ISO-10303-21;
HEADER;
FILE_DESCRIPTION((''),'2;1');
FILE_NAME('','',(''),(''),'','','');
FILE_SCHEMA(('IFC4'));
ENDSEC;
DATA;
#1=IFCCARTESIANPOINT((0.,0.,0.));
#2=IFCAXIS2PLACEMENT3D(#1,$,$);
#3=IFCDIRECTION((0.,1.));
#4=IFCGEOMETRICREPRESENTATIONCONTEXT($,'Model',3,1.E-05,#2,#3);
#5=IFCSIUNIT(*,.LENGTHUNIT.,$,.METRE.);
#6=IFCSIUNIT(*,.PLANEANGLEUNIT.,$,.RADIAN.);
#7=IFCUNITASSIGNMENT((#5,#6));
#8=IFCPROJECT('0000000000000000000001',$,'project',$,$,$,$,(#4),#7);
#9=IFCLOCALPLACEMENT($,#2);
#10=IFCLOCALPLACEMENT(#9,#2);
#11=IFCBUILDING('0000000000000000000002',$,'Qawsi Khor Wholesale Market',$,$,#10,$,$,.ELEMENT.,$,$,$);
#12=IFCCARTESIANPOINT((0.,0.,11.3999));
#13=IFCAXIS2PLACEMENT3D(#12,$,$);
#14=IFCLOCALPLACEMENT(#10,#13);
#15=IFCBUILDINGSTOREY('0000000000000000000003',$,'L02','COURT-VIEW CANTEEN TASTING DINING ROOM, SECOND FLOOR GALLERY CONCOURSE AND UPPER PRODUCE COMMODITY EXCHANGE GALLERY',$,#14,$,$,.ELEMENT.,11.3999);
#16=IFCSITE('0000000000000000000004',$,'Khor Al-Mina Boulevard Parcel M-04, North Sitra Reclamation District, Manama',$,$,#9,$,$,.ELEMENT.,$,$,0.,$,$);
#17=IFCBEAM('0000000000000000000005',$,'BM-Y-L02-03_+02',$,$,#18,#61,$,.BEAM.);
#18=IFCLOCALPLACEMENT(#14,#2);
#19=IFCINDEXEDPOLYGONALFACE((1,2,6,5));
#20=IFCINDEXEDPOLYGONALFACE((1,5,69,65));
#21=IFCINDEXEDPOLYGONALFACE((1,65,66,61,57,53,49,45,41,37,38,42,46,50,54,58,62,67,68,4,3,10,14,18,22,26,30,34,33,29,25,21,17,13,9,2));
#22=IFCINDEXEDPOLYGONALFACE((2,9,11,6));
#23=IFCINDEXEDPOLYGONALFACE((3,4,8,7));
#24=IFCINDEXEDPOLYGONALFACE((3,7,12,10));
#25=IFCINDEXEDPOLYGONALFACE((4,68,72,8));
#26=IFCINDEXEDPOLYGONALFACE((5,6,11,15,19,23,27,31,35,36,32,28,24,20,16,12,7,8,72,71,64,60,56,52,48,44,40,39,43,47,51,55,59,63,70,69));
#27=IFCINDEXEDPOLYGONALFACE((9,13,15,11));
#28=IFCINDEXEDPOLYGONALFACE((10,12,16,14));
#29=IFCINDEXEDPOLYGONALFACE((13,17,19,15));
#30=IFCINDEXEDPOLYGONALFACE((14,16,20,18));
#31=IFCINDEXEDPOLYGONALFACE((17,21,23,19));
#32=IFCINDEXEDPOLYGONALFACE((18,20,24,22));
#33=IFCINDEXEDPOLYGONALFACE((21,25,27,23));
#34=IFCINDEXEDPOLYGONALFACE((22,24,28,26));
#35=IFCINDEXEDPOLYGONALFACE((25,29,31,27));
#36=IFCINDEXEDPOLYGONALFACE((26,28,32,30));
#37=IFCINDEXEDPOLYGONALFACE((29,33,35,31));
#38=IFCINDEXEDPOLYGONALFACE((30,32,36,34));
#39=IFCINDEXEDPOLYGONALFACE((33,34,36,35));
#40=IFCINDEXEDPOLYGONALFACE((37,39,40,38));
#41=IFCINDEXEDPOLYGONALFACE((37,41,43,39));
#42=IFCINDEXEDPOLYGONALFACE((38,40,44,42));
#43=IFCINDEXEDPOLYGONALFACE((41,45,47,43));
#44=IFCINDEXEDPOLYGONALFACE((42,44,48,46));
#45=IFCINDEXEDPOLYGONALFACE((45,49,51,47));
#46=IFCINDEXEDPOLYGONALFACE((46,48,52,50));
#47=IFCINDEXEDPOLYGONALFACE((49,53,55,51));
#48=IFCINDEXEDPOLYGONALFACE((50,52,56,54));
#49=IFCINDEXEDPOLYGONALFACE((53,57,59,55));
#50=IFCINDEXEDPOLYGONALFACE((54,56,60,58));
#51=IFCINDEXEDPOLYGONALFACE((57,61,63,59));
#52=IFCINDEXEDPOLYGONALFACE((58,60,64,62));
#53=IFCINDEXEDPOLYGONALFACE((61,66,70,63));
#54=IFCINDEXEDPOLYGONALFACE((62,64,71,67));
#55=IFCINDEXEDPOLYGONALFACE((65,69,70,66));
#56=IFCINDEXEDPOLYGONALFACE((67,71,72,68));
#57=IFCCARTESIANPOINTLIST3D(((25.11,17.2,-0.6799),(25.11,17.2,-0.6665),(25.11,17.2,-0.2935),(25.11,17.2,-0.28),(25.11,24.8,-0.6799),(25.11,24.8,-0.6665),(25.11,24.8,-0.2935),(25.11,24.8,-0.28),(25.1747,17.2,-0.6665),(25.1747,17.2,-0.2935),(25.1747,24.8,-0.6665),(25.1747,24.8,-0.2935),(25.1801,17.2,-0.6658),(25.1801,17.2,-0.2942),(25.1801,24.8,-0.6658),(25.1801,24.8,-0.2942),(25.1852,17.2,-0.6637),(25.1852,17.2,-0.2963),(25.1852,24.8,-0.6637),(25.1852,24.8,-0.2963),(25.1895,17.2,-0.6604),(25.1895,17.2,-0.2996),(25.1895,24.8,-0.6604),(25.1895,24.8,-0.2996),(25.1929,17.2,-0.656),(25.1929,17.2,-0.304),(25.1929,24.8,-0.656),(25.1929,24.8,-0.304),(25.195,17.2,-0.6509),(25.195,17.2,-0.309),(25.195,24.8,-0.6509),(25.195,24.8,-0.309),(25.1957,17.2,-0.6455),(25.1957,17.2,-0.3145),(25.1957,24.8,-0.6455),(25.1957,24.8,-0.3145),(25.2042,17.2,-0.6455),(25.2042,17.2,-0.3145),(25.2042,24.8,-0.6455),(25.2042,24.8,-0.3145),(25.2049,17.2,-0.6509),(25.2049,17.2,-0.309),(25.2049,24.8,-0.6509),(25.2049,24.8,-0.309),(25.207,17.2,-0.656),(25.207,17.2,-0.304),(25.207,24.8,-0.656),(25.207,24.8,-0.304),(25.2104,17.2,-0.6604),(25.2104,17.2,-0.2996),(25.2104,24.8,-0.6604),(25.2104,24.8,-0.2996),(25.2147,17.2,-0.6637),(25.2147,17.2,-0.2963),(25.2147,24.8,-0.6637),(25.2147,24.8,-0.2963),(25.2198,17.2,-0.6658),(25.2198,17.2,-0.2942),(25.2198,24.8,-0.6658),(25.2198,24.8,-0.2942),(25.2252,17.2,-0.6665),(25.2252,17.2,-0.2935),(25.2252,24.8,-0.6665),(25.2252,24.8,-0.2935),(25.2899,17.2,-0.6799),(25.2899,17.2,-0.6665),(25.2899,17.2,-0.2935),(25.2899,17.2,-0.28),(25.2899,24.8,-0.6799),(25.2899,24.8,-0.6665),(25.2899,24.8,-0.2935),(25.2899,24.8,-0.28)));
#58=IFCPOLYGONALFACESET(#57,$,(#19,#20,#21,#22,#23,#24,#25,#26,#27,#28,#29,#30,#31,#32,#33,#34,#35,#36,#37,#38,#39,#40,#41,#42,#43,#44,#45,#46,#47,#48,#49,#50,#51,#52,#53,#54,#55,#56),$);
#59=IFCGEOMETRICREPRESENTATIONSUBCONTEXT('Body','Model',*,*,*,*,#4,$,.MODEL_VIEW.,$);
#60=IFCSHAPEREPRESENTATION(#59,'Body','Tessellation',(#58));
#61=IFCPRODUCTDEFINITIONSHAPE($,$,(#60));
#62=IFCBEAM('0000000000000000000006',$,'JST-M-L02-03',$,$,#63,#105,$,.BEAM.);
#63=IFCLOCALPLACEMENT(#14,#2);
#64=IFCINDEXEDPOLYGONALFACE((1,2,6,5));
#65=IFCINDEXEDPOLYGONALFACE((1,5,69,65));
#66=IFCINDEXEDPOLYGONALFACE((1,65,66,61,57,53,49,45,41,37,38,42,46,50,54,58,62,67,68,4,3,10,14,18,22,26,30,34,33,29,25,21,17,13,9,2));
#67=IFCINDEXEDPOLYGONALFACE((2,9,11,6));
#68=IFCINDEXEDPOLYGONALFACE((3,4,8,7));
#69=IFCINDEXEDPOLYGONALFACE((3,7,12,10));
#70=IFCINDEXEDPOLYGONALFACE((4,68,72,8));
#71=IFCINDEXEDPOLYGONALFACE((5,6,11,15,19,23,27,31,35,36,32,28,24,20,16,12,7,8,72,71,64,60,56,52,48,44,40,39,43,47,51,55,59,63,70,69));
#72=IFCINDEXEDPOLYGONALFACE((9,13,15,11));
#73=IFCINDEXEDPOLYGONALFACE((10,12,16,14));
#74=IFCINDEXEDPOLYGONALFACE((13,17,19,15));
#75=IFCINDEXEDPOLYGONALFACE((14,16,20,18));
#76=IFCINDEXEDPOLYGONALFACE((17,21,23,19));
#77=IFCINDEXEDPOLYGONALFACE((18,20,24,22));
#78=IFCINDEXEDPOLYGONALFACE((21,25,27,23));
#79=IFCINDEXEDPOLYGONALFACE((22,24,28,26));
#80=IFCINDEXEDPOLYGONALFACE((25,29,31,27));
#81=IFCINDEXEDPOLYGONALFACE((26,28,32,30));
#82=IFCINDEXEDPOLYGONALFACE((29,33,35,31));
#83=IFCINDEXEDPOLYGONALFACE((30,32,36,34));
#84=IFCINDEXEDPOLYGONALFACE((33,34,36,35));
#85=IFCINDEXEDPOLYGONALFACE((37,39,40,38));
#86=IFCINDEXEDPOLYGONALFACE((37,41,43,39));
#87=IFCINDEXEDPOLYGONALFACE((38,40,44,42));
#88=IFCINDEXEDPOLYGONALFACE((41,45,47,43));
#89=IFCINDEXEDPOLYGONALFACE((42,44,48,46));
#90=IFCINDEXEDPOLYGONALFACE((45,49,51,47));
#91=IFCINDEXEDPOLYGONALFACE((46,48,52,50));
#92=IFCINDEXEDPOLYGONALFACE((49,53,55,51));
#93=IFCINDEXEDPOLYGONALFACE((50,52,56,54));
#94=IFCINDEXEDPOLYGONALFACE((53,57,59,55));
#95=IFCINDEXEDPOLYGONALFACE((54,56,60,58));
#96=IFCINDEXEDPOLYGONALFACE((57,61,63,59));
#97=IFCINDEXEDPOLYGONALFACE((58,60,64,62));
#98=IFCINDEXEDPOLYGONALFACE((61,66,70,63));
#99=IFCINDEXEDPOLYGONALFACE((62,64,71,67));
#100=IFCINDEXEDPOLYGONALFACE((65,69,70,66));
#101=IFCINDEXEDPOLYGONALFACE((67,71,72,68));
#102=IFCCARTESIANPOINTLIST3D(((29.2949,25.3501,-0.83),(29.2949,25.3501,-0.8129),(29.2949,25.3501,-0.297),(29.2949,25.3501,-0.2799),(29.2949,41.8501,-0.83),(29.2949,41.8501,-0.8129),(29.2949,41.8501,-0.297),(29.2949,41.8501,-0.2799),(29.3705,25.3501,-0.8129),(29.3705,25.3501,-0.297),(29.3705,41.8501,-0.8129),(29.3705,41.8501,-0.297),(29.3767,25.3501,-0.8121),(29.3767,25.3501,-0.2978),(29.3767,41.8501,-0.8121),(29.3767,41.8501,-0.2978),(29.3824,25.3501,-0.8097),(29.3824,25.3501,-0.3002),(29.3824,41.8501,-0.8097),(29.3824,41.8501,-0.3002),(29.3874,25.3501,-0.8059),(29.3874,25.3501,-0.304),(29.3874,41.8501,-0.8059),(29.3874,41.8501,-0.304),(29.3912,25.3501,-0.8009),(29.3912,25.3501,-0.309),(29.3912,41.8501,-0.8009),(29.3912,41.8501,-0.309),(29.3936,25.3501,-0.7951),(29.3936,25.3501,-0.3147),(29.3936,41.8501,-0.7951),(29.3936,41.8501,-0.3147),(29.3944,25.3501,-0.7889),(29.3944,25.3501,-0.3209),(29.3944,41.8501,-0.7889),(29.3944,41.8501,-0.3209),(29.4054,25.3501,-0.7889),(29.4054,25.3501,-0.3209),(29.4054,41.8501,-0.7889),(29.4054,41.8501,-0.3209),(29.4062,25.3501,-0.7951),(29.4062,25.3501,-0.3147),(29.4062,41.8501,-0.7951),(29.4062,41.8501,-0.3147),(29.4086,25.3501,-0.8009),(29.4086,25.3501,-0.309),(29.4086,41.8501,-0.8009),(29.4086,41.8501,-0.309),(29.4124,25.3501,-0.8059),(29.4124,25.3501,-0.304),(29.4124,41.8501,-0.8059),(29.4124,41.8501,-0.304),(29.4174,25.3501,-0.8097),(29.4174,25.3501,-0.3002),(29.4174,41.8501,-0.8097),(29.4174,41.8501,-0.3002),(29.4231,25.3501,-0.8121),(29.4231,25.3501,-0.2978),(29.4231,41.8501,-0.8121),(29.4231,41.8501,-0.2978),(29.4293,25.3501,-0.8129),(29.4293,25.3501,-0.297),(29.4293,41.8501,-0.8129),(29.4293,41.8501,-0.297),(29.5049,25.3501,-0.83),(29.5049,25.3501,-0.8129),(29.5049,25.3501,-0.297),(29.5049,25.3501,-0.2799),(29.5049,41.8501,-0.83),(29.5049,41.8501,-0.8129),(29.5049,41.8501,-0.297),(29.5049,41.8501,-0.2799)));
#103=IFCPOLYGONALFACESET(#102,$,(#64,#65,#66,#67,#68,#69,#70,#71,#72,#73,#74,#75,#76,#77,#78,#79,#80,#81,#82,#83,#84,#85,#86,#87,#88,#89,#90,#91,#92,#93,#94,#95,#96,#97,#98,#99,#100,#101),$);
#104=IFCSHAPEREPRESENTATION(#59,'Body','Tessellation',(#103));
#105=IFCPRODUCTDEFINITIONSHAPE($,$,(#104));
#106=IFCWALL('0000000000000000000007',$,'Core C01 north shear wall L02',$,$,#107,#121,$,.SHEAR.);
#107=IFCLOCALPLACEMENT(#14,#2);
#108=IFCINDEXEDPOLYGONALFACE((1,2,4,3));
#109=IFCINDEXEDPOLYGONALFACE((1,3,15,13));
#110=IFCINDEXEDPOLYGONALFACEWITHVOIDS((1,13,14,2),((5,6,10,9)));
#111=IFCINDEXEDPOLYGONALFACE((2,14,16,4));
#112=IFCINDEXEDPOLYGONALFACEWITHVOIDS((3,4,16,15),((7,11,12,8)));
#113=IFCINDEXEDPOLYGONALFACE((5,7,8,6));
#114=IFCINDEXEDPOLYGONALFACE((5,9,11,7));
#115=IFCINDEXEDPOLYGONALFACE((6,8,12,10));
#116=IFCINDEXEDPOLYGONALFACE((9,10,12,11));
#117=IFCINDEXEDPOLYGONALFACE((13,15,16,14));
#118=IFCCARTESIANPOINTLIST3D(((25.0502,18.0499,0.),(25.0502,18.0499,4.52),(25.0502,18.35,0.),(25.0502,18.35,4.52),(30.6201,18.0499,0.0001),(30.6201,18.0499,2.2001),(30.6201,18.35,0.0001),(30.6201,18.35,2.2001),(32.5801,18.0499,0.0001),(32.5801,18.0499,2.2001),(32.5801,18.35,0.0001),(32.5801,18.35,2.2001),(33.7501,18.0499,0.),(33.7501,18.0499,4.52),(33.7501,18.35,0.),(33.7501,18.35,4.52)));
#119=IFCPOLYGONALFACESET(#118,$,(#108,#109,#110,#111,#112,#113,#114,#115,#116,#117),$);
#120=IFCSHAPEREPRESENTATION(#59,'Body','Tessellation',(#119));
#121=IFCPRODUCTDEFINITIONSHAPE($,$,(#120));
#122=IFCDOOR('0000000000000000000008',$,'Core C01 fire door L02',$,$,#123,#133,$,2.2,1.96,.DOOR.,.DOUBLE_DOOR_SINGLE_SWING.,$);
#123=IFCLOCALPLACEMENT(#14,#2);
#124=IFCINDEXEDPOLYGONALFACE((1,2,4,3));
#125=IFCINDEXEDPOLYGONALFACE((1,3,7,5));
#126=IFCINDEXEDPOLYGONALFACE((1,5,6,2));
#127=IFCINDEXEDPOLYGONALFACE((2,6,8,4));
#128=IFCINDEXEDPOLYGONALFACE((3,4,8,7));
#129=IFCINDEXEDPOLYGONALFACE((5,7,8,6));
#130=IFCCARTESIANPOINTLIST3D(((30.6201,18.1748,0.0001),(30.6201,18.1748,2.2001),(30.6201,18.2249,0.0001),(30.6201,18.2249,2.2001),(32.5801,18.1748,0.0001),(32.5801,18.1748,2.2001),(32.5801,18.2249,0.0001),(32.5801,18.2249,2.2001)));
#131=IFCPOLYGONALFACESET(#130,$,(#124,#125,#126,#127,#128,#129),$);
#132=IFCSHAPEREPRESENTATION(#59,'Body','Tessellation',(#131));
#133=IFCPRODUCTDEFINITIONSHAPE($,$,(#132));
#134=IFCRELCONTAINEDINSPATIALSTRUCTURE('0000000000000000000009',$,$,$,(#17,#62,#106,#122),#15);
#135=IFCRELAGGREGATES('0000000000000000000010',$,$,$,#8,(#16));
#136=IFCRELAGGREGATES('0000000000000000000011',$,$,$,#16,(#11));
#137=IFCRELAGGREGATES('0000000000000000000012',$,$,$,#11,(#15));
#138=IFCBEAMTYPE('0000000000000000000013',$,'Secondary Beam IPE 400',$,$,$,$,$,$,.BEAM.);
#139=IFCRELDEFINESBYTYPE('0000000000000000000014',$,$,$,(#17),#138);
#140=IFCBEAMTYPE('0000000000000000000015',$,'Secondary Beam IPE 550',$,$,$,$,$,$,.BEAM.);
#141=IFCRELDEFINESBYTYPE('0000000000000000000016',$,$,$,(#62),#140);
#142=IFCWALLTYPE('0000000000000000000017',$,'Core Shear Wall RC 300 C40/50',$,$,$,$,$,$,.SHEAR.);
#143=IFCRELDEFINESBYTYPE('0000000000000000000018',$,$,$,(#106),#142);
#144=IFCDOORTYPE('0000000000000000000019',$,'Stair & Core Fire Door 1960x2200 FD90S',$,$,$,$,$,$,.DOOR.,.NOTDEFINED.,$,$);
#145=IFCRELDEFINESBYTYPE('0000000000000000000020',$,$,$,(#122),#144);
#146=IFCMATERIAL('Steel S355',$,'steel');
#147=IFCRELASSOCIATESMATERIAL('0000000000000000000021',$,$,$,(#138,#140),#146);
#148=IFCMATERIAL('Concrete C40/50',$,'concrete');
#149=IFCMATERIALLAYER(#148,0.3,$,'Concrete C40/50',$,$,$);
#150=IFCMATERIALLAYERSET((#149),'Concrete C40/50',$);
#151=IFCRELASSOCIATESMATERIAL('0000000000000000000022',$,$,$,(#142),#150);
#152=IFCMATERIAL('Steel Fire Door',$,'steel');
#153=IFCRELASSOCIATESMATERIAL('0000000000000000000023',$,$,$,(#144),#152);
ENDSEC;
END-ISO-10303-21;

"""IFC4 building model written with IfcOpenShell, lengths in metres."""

from ifc_helpers import new_model, si_unit, direction, frame, frame_2d, origin, origin_2d, place, context, subcontext, project, spatial, rectangle, i_section, extrude, material, layer, layer_set, material_profile, profile_set, type_object, element, fill, save


model = new_model("IFC4")

# Units and contexts
model_context = context("Model", 3, precision=1e-05, world=origin(), true_north=direction((0.0, 1.0)))
body_context = subcontext(model_context, "Body", "Model", "MODEL_VIEW")
ifc_project = project(units=[si_unit("LENGTHUNIT", "METRE"), si_unit("PLANEANGLEUNIT", "RADIAN")], contexts=[model_context])

# Site, building, storey
site_placement = place(None, origin())
site = spatial("IfcSite", under=ifc_project, at=site_placement, Name="Khor Al-Mina Boulevard Parcel M-04, North Sitra Reclamation District, Manama", CompositionType="ELEMENT", RefElevation=0.0)
building_placement = place(site_placement, origin())
building = spatial("IfcBuilding", under=site, at=building_placement, Name="Qawsi Khor Wholesale Market", CompositionType="ELEMENT")
storey_placement = place(building_placement, frame((0.0, 0.0, 11.3999)))
storey = spatial("IfcBuildingStorey", under=building, at=storey_placement, Name="L02", Description="COURT-VIEW CANTEEN TASTING DINING ROOM, SECOND FLOOR GALLERY CONCOURSE AND UPPER PRODUCE COMMODITY EXCHANGE GALLERY", CompositionType="ELEMENT", Elevation=11.3999)

# Shared definitions
ifc_material_1 = material(Name="Concrete C40/50", Category="concrete")

# Beams
ifc_material_2 = material(Name="Steel S355", Category="steel")
ifc_material_profile_1 = material_profile(ifc_material_2, i_section(OverallWidth=0.1799, OverallDepth=0.3999, WebThickness=0.0085, FlangeThickness=0.0134, FilletRadius=0.021, at=origin_2d()), Name="IPE 400")
ifc_profile_set_1 = profile_set([ifc_material_profile_1], Name="Steel S355")
beam_type_1 = type_object("IfcBeamType", Name="Secondary Beam IPE 400", PredefinedType="BEAM", material=ifc_profile_set_1)
beam_1_placement = place(storey_placement, frame((25.2, 17.2, -0.48), z_axis=(0.0, 1.0, 0.0), x_axis=(-1.0, 0.0, 0.0)))
element("IfcBeam", 1, at=beam_1_placement, inside=storey, type_object=beam_type_1, Name="BM-Y-L02-03_+02", PredefinedType="BEAM", context=body_context, shape_type="SweptSolid", body=[
    extrude(i_section(OverallWidth=0.1799, OverallDepth=0.3999, WebThickness=0.0085, FlangeThickness=0.0134, FilletRadius=0.021, at=origin_2d()), origin(), (0.0, 0.0, 1.0), 7.6001),
])
ifc_material_profile_2 = material_profile(ifc_material_2, i_section(OverallWidth=0.21, OverallDepth=0.55, WebThickness=0.011, FlangeThickness=0.0171, FilletRadius=0.0239, at=origin_2d()), Name="IPE 550")
ifc_profile_set_2 = profile_set([ifc_material_profile_2], Name="Steel S355")
beam_type_2 = type_object("IfcBeamType", Name="Secondary Beam IPE 550", PredefinedType="BEAM", material=ifc_profile_set_2)
beam_2_placement = place(storey_placement, frame((29.3999, 25.3501, -0.5549), z_axis=(0.0, 1.0, 0.0), x_axis=(-1.0, 0.0, 0.0)))
element("IfcBeam", 2, at=beam_2_placement, inside=storey, type_object=beam_type_2, Name="JST-M-L02-03", PredefinedType="BEAM", context=body_context, shape_type="SweptSolid", body=[
    extrude(i_section(OverallWidth=0.21, OverallDepth=0.55, WebThickness=0.011, FlangeThickness=0.0171, FilletRadius=0.0239, at=origin_2d()), origin(), (0.0, 0.0, 1.0), 16.5),
])

# Wall, opening, door
ifc_layer_1 = layer(ifc_material_1, 0.3, Name="Concrete C40/50")
ifc_layer_set_1 = layer_set([ifc_layer_1], Name="Concrete C40/50")
wall_type_1 = type_object("IfcWallType", Name="Core Shear Wall RC 300 C40/50", PredefinedType="SHEAR", material=ifc_layer_set_1)
wall_1_placement = place(storey_placement, frame((25.05, 18.2, 0.0), z_axis=(0.0, 0.0, 1.0), x_axis=(1.0, 0.0, 0.0)))
wall_1 = element("IfcWall", 3, at=wall_1_placement, inside=storey, type_object=wall_type_1, Name="Core C01 north shear wall L02", PredefinedType="SHEAR", context=body_context, shape_type="SweptSolid", body=[
    extrude(rectangle(XDim=8.7, YDim=0.3, at=frame_2d((4.3501, 0.0))), origin(), (0.0, 0.0, 1.0), 4.52),
])
opening_1_placement = place(wall_1_placement, frame((5.5701, 0.0, 0.0)))
opening_1 = element("IfcOpeningElement", 4, at=opening_1_placement, cuts=wall_1, PredefinedType="OPENING", context=body_context, shape_type="SweptSolid", body=[
    extrude(rectangle(XDim=1.96, YDim=2.2, at=frame_2d((0.98, 1.1001))), frame((0.0, 0.1599, 0.0), z_axis=(0.0, -1.0, 0.0), x_axis=(1.0, 0.0, 0.0)), (0.0, 0.0, 1.0), 0.3201),
])
ifc_material_3 = material(Name="Steel Fire Door", Category="steel")
door_type_1 = type_object("IfcDoorType", Name="Stair & Core Fire Door 1960x2200 FD90S", OperationType="NOTDEFINED", PredefinedType="DOOR", material=ifc_material_3)
door_1_placement = place(opening_1_placement, origin())
door_1 = element("IfcDoor", 5, at=door_1_placement, inside=storey, type_object=door_type_1, Name="Core C01 fire door L02", OperationType="DOUBLE_DOOR_SINGLE_SWING", OverallHeight=2.2, OverallWidth=1.96, PredefinedType="DOOR", context=body_context, shape_type="SweptSolid", body=[
    extrude(rectangle(XDim=1.96, YDim=2.2, at=frame_2d((0.98, 1.1001))), frame((0.0, 0.0249, 0.0), z_axis=(0.0, -1.0, 0.0), x_axis=(1.0, 0.0, 0.0)), (0.0, 0.0, 1.0), 0.05),
])
fill(opening_1, door_1)

save(model, "model.ifc")
